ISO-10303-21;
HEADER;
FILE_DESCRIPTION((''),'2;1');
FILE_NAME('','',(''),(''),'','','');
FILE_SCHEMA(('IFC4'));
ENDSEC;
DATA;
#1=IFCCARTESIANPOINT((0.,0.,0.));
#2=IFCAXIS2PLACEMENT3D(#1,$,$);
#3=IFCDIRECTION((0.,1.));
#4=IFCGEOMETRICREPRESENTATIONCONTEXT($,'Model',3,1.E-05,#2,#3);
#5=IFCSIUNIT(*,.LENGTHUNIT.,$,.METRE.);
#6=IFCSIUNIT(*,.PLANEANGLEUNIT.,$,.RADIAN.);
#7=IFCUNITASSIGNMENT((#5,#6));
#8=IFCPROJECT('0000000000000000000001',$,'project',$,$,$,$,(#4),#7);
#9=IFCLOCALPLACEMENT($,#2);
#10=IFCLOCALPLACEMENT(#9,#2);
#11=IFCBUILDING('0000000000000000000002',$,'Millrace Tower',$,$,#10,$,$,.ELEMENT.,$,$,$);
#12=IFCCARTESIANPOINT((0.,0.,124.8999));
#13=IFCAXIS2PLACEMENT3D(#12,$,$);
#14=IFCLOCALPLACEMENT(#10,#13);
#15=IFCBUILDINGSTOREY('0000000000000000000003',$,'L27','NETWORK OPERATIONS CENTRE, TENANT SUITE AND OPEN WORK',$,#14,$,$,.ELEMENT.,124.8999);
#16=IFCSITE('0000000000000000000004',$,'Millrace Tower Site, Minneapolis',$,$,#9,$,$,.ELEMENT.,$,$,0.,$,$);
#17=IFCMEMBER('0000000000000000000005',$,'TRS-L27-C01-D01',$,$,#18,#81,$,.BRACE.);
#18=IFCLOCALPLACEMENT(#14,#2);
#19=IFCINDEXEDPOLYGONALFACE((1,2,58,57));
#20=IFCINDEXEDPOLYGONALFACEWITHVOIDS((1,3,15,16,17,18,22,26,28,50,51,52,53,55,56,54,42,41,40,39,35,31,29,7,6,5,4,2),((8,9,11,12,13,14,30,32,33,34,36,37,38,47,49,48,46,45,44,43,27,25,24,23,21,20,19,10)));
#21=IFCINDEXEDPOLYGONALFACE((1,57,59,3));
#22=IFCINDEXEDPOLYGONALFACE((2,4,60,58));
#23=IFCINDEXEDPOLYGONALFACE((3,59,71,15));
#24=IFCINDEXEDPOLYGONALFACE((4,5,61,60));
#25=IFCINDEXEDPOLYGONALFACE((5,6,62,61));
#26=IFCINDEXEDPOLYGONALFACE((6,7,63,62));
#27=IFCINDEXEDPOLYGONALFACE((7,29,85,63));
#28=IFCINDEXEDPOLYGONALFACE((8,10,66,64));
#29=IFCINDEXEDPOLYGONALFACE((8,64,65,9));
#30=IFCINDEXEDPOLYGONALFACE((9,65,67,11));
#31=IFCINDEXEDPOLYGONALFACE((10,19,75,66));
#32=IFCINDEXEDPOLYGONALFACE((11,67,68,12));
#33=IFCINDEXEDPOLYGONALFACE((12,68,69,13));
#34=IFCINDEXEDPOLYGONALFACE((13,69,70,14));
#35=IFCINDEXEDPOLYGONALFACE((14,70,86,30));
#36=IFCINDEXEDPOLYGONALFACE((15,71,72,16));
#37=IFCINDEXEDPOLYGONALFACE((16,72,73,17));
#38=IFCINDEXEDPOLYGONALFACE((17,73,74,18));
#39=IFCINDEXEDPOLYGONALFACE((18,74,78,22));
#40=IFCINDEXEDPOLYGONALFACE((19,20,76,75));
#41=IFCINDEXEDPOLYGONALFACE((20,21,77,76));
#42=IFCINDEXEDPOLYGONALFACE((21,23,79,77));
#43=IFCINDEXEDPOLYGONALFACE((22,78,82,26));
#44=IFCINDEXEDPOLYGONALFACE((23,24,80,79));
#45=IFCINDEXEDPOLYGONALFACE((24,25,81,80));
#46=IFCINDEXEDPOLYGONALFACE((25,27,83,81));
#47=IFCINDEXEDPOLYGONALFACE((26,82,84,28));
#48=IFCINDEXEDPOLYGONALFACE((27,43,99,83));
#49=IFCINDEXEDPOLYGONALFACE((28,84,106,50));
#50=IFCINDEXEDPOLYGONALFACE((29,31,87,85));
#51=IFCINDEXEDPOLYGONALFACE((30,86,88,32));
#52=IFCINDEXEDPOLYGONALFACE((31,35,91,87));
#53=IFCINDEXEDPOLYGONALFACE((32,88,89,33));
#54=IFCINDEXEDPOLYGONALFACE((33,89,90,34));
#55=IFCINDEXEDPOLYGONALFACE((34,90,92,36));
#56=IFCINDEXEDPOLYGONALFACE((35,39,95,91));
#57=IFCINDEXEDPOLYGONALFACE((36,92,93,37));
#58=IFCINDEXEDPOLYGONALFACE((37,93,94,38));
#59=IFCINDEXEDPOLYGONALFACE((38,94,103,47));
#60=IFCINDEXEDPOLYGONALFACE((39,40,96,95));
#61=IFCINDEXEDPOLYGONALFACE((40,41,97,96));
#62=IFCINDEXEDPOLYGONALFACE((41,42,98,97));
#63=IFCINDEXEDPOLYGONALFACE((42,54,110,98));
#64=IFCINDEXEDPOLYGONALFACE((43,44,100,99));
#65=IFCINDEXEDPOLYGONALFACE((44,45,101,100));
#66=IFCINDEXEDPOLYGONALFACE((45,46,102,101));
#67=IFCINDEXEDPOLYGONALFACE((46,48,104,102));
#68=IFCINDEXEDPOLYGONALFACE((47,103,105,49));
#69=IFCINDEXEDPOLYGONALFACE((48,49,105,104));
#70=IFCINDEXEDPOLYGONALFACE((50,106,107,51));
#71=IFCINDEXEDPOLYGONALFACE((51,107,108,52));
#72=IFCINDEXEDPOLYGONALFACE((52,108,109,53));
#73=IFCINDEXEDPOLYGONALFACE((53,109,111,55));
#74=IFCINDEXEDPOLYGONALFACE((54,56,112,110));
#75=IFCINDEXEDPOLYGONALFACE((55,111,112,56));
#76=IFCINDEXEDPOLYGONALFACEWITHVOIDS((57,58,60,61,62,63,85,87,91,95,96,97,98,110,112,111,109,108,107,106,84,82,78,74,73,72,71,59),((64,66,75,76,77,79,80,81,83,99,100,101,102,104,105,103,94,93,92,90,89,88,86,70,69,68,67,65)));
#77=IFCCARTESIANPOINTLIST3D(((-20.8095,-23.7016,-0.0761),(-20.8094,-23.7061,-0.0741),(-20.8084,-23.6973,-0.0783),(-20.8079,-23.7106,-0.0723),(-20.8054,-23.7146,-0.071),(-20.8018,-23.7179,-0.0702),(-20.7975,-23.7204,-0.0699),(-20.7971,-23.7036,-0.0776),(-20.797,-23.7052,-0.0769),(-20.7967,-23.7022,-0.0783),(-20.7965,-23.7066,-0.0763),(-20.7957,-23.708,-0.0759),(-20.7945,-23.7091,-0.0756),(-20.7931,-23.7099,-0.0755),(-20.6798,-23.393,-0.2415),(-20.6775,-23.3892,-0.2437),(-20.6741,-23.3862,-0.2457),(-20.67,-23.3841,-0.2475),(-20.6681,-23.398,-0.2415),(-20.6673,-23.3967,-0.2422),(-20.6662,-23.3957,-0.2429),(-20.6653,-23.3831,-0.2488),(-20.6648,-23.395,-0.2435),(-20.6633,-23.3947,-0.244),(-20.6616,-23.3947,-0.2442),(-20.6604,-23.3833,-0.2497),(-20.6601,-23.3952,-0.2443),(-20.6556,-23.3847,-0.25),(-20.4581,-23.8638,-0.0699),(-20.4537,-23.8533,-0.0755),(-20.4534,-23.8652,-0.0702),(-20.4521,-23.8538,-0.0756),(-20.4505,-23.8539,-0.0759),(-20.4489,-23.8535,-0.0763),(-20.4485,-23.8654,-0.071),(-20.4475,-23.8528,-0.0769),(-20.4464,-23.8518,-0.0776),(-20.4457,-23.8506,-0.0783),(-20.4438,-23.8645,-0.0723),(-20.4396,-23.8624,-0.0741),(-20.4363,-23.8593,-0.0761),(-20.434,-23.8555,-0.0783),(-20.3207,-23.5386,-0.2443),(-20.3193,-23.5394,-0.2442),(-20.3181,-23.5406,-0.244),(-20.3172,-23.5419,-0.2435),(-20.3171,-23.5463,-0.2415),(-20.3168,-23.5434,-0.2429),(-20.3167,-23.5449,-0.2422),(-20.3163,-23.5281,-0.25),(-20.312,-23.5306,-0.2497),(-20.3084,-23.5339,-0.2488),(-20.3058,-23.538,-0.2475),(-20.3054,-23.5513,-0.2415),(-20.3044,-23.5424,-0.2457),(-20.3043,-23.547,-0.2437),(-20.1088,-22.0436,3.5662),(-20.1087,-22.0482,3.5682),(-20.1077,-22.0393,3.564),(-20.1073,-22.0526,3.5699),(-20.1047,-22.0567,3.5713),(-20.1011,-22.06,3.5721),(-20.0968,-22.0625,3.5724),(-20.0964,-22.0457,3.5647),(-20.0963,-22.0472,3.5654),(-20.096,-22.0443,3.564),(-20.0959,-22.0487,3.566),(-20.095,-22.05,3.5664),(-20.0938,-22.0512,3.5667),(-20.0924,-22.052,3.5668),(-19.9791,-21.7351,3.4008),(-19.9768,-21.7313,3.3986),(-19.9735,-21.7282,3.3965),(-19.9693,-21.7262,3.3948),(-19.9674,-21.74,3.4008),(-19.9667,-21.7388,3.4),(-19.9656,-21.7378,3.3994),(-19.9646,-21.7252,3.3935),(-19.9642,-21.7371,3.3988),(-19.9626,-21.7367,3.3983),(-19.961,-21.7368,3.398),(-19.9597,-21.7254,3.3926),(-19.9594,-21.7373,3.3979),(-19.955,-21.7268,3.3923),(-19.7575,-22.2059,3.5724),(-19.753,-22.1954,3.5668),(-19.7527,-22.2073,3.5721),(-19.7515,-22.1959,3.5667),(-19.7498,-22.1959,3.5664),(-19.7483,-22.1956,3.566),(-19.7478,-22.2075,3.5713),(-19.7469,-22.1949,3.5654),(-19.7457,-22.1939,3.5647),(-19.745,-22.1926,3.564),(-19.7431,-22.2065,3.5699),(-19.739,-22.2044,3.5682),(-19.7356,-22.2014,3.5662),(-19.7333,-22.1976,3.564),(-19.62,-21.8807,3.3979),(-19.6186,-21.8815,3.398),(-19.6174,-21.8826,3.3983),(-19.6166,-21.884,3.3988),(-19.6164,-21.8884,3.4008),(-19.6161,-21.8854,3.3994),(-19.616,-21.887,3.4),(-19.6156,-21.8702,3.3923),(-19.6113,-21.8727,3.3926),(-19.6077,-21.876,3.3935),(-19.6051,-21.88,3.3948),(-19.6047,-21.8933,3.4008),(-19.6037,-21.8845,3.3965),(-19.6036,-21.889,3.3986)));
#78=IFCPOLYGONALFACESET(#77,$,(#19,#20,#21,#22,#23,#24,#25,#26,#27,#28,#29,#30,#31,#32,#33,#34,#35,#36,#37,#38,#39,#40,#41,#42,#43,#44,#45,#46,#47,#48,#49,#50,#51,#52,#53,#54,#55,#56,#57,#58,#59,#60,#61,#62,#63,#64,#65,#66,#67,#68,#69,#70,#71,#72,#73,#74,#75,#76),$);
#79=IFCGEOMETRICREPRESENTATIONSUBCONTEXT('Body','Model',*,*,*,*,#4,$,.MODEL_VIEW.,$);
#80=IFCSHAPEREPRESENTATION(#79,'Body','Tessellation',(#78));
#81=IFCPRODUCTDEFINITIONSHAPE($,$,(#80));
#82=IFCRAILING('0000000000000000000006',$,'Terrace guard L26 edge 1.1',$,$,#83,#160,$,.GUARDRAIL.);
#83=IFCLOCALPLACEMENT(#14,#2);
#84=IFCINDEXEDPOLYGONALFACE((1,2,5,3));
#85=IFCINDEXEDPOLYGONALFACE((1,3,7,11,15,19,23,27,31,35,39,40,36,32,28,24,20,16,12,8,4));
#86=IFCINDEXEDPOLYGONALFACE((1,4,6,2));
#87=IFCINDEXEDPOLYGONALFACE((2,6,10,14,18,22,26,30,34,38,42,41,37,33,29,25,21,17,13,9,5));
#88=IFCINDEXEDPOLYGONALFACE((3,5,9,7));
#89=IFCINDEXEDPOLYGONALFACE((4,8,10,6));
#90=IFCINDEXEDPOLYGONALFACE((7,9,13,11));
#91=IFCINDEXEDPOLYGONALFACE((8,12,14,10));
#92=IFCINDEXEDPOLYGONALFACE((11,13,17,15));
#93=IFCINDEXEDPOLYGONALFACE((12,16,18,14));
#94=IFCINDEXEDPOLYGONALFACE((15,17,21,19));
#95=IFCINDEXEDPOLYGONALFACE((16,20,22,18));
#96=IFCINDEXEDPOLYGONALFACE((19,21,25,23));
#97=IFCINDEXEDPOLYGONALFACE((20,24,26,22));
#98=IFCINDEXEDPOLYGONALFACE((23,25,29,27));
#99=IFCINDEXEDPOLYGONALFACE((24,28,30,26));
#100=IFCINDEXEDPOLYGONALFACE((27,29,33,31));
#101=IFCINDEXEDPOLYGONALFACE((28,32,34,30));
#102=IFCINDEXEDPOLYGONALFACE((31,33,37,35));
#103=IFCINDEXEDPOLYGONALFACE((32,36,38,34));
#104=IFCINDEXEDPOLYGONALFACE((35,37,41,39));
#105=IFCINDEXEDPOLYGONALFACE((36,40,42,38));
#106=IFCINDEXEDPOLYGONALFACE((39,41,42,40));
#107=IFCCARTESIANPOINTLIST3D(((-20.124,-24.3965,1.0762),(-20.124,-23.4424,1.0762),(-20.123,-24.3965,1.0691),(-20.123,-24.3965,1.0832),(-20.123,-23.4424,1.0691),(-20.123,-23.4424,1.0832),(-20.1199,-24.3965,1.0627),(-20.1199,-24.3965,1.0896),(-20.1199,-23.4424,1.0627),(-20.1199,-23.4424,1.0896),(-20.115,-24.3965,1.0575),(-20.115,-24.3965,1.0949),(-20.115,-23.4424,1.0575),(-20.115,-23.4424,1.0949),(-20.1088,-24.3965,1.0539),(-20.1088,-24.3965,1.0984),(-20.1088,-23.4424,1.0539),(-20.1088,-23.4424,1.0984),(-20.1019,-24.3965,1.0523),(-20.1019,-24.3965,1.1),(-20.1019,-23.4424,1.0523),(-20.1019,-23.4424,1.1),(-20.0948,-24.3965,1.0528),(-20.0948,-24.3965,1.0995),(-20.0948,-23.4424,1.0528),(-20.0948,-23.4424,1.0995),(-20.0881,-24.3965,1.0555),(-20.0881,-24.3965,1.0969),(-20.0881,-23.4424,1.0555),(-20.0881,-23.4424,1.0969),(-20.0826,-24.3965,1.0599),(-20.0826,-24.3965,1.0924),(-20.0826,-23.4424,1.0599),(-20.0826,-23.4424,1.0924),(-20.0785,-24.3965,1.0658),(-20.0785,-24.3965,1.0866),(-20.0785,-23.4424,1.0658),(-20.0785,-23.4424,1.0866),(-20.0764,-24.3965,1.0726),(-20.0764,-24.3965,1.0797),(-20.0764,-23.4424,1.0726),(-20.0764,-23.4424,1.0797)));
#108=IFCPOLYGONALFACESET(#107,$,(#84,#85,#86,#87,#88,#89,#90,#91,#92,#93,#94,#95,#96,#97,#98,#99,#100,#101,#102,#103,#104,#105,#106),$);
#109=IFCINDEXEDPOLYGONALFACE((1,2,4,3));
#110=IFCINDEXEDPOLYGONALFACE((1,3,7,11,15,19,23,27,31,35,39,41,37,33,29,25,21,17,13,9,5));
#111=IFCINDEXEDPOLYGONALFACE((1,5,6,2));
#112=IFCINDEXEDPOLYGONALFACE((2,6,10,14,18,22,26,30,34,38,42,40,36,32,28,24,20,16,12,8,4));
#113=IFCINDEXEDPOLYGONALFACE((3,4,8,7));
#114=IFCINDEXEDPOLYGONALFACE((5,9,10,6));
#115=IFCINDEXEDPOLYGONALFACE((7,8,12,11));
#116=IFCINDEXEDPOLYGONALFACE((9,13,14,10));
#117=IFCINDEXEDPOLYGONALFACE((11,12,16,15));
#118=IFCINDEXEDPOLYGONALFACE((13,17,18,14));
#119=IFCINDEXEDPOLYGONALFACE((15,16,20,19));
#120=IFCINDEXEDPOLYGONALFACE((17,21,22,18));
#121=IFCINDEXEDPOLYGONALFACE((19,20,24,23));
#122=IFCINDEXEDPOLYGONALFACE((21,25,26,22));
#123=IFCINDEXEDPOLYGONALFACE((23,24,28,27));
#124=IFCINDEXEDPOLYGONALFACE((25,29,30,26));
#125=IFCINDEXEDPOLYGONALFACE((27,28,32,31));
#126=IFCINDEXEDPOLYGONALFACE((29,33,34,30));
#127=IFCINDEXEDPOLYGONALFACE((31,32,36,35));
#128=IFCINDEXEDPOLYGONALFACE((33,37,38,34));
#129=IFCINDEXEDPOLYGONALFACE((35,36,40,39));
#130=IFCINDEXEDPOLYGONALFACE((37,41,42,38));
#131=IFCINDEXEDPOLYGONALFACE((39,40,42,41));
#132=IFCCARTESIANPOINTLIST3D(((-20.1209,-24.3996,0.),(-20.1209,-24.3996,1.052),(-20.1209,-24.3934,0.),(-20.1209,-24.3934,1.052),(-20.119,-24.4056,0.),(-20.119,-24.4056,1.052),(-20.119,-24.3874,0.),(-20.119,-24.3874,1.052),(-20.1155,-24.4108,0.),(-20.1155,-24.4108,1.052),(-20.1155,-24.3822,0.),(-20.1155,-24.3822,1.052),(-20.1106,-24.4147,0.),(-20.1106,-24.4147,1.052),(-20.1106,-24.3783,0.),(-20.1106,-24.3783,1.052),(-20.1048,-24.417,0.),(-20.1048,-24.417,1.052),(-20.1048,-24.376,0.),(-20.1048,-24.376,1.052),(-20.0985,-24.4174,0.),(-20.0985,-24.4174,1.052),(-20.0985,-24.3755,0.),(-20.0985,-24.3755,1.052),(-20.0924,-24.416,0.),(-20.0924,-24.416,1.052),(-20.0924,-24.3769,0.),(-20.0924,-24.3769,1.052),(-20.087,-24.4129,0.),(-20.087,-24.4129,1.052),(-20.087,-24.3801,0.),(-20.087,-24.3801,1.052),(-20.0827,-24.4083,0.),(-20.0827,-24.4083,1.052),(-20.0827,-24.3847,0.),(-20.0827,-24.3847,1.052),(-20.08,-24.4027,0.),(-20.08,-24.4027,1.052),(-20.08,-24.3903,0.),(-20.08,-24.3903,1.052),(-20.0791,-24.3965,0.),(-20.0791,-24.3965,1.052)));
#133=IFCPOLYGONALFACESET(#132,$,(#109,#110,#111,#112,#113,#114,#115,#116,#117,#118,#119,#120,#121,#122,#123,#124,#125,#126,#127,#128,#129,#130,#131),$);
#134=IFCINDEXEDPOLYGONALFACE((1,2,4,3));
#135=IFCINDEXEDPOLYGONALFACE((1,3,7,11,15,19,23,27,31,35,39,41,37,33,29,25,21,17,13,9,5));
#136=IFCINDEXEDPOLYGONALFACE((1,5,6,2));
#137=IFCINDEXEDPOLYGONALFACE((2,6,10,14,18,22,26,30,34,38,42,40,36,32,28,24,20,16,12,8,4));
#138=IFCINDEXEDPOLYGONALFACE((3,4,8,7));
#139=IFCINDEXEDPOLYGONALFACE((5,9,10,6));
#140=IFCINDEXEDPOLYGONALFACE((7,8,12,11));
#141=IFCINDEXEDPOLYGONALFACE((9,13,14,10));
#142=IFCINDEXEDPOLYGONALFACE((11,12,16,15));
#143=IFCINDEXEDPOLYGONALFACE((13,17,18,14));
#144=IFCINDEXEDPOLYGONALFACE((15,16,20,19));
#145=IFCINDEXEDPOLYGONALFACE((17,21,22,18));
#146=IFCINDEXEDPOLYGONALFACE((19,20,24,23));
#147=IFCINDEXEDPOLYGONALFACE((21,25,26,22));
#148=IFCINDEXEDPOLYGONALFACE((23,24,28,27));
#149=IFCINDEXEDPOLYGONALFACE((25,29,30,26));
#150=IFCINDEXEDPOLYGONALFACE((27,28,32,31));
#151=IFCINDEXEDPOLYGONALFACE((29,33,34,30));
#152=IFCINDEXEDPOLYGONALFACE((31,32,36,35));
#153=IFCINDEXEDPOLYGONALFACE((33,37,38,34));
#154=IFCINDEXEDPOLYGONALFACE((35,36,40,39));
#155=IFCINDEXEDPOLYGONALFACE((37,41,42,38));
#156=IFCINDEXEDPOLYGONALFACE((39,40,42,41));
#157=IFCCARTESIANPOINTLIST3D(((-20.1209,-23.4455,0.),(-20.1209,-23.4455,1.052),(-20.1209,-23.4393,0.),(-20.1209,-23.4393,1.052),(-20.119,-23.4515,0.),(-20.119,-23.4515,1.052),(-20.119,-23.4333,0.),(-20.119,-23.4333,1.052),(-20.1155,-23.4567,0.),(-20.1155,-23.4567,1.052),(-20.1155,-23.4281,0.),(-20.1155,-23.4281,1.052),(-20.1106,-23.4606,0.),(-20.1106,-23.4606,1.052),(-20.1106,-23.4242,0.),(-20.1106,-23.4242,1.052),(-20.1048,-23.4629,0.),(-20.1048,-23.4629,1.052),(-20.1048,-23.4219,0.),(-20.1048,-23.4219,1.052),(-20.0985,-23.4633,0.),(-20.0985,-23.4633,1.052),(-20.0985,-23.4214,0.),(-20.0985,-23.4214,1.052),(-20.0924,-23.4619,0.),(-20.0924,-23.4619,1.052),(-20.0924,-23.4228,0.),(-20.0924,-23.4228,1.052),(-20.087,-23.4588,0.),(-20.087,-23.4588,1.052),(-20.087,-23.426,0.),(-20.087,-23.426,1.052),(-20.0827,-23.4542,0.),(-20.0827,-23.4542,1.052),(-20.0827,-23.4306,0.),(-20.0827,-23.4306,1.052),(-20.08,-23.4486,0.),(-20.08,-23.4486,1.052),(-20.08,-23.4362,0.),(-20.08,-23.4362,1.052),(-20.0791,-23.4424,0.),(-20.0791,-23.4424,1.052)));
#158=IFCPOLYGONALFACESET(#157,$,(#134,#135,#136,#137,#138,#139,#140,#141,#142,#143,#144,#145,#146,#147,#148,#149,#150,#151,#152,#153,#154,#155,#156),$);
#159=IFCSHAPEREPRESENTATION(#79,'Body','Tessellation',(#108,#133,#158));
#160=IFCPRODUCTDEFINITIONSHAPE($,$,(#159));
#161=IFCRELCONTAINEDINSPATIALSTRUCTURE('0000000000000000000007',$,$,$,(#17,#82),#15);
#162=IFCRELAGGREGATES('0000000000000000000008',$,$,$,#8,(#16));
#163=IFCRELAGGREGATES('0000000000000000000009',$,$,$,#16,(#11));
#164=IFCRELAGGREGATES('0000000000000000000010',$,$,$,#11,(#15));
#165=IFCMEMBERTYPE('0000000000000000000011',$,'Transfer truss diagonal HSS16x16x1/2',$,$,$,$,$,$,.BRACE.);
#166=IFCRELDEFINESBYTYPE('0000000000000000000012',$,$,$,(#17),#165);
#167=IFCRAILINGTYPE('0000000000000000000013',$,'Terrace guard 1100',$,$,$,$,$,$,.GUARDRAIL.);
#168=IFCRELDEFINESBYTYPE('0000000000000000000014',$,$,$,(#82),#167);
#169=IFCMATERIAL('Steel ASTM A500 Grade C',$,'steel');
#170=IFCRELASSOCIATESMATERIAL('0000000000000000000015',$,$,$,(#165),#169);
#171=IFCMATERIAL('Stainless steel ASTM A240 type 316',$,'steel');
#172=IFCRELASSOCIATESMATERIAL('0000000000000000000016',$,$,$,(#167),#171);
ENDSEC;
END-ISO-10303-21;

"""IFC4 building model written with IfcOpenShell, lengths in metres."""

from ifc_helpers import new_model, si_unit, direction, frame, origin, origin_2d, place, context, subcontext, project, spatial, hollow_rectangle, circle, extrude, material, material_profile, profile_set, type_object, element, save


model = new_model("IFC4")

# Units and contexts
model_context = context("Model", 3, precision=1e-05, world=origin(), true_north=direction((0.0, 1.0)))
body_context = subcontext(model_context, "Body", "Model", "MODEL_VIEW")
ifc_project = project(units=[si_unit("LENGTHUNIT", "METRE"), si_unit("PLANEANGLEUNIT", "RADIAN")], contexts=[model_context])

# Site, building, storey
site_placement = place(None, origin())
site = spatial("IfcSite", under=ifc_project, at=site_placement, Name="Millrace Tower Site, Minneapolis", CompositionType="ELEMENT", RefElevation=0.0)
building_placement = place(site_placement, origin())
building = spatial("IfcBuilding", under=site, at=building_placement, Name="Millrace Tower", CompositionType="ELEMENT")
storey_placement = place(building_placement, frame((0.0, 0.0, 124.8999)))
storey = spatial("IfcBuildingStorey", under=building, at=storey_placement, Name="L27", Description="NETWORK OPERATIONS CENTRE, TENANT SUITE AND OPEN WORK", CompositionType="ELEMENT", Elevation=124.8999)

# Member
ifc_material_1 = material(Name="Steel ASTM A500 Grade C", Category="steel")
ifc_material_profile_1 = material_profile(ifc_material_1, hollow_rectangle(XDim=0.4065, YDim=0.4065, WallThickness=0.0127, InnerFilletRadius=0.0063, OuterFilletRadius=0.019, at=origin_2d()))
ifc_profile_set_1 = profile_set([ifc_material_profile_1], Name="Steel ASTM A500 Grade C")
member_type_1 = type_object("IfcMemberType", Name="Transfer truss diagonal HSS16x16x1/2", PredefinedType="BRACE", material=ifc_profile_set_1)
member_1_placement = place(storey_placement, frame((-20.5569, -23.6243, -0.1599), z_axis=(0.172463, 0.408082, 0.896507), x_axis=(-0.921119, 0.389282, 0.0)))
element("IfcMember", 1, at=member_1_placement, inside=storey, type_object=member_type_1, Name="TRS-L27-C01-D01", PredefinedType="BRACE", context=body_context, shape_type="SweptSolid", body=[
    extrude(hollow_rectangle(XDim=0.4065, YDim=0.4065, WallThickness=0.0127, InnerFilletRadius=0.0063, OuterFilletRadius=0.019, at=origin_2d()), origin(), (0.0, 0.0, 1.0), 4.0627),
])

# Railing
ifc_material_2 = material(Name="Stainless steel ASTM A240 type 316", Category="steel")
railing_type = type_object("IfcRailingType", Name="Terrace guard 1100", PredefinedType="GUARDRAIL", material=ifc_material_2)
railing_1_placement = place(storey_placement, frame((-20.1001, -24.3965, 0.0)))
element("IfcRailing", 2, at=railing_1_placement, inside=storey, type_object=railing_type, Name="Terrace guard L26 edge 1.1", PredefinedType="GUARDRAIL", context=body_context, shape_type="SweptSolid", body=[
    extrude(circle(Radius=0.0239, at=origin_2d()), frame((0.0, 0.0, 1.0762), z_axis=(0.0, 1.0, 0.0), x_axis=(-1.0, 0.0, 0.0)), (0.0, 0.0, 1.0), 0.9541),
    extrude(circle(Radius=0.021, at=origin_2d()), origin(), (0.0, 0.0, 1.0), 1.052),
    extrude(circle(Radius=0.021, at=origin_2d()), frame((0.0, 0.9541, 0.0)), (0.0, 0.0, 1.0), 1.052),
])

save(model, "model.ifc")
